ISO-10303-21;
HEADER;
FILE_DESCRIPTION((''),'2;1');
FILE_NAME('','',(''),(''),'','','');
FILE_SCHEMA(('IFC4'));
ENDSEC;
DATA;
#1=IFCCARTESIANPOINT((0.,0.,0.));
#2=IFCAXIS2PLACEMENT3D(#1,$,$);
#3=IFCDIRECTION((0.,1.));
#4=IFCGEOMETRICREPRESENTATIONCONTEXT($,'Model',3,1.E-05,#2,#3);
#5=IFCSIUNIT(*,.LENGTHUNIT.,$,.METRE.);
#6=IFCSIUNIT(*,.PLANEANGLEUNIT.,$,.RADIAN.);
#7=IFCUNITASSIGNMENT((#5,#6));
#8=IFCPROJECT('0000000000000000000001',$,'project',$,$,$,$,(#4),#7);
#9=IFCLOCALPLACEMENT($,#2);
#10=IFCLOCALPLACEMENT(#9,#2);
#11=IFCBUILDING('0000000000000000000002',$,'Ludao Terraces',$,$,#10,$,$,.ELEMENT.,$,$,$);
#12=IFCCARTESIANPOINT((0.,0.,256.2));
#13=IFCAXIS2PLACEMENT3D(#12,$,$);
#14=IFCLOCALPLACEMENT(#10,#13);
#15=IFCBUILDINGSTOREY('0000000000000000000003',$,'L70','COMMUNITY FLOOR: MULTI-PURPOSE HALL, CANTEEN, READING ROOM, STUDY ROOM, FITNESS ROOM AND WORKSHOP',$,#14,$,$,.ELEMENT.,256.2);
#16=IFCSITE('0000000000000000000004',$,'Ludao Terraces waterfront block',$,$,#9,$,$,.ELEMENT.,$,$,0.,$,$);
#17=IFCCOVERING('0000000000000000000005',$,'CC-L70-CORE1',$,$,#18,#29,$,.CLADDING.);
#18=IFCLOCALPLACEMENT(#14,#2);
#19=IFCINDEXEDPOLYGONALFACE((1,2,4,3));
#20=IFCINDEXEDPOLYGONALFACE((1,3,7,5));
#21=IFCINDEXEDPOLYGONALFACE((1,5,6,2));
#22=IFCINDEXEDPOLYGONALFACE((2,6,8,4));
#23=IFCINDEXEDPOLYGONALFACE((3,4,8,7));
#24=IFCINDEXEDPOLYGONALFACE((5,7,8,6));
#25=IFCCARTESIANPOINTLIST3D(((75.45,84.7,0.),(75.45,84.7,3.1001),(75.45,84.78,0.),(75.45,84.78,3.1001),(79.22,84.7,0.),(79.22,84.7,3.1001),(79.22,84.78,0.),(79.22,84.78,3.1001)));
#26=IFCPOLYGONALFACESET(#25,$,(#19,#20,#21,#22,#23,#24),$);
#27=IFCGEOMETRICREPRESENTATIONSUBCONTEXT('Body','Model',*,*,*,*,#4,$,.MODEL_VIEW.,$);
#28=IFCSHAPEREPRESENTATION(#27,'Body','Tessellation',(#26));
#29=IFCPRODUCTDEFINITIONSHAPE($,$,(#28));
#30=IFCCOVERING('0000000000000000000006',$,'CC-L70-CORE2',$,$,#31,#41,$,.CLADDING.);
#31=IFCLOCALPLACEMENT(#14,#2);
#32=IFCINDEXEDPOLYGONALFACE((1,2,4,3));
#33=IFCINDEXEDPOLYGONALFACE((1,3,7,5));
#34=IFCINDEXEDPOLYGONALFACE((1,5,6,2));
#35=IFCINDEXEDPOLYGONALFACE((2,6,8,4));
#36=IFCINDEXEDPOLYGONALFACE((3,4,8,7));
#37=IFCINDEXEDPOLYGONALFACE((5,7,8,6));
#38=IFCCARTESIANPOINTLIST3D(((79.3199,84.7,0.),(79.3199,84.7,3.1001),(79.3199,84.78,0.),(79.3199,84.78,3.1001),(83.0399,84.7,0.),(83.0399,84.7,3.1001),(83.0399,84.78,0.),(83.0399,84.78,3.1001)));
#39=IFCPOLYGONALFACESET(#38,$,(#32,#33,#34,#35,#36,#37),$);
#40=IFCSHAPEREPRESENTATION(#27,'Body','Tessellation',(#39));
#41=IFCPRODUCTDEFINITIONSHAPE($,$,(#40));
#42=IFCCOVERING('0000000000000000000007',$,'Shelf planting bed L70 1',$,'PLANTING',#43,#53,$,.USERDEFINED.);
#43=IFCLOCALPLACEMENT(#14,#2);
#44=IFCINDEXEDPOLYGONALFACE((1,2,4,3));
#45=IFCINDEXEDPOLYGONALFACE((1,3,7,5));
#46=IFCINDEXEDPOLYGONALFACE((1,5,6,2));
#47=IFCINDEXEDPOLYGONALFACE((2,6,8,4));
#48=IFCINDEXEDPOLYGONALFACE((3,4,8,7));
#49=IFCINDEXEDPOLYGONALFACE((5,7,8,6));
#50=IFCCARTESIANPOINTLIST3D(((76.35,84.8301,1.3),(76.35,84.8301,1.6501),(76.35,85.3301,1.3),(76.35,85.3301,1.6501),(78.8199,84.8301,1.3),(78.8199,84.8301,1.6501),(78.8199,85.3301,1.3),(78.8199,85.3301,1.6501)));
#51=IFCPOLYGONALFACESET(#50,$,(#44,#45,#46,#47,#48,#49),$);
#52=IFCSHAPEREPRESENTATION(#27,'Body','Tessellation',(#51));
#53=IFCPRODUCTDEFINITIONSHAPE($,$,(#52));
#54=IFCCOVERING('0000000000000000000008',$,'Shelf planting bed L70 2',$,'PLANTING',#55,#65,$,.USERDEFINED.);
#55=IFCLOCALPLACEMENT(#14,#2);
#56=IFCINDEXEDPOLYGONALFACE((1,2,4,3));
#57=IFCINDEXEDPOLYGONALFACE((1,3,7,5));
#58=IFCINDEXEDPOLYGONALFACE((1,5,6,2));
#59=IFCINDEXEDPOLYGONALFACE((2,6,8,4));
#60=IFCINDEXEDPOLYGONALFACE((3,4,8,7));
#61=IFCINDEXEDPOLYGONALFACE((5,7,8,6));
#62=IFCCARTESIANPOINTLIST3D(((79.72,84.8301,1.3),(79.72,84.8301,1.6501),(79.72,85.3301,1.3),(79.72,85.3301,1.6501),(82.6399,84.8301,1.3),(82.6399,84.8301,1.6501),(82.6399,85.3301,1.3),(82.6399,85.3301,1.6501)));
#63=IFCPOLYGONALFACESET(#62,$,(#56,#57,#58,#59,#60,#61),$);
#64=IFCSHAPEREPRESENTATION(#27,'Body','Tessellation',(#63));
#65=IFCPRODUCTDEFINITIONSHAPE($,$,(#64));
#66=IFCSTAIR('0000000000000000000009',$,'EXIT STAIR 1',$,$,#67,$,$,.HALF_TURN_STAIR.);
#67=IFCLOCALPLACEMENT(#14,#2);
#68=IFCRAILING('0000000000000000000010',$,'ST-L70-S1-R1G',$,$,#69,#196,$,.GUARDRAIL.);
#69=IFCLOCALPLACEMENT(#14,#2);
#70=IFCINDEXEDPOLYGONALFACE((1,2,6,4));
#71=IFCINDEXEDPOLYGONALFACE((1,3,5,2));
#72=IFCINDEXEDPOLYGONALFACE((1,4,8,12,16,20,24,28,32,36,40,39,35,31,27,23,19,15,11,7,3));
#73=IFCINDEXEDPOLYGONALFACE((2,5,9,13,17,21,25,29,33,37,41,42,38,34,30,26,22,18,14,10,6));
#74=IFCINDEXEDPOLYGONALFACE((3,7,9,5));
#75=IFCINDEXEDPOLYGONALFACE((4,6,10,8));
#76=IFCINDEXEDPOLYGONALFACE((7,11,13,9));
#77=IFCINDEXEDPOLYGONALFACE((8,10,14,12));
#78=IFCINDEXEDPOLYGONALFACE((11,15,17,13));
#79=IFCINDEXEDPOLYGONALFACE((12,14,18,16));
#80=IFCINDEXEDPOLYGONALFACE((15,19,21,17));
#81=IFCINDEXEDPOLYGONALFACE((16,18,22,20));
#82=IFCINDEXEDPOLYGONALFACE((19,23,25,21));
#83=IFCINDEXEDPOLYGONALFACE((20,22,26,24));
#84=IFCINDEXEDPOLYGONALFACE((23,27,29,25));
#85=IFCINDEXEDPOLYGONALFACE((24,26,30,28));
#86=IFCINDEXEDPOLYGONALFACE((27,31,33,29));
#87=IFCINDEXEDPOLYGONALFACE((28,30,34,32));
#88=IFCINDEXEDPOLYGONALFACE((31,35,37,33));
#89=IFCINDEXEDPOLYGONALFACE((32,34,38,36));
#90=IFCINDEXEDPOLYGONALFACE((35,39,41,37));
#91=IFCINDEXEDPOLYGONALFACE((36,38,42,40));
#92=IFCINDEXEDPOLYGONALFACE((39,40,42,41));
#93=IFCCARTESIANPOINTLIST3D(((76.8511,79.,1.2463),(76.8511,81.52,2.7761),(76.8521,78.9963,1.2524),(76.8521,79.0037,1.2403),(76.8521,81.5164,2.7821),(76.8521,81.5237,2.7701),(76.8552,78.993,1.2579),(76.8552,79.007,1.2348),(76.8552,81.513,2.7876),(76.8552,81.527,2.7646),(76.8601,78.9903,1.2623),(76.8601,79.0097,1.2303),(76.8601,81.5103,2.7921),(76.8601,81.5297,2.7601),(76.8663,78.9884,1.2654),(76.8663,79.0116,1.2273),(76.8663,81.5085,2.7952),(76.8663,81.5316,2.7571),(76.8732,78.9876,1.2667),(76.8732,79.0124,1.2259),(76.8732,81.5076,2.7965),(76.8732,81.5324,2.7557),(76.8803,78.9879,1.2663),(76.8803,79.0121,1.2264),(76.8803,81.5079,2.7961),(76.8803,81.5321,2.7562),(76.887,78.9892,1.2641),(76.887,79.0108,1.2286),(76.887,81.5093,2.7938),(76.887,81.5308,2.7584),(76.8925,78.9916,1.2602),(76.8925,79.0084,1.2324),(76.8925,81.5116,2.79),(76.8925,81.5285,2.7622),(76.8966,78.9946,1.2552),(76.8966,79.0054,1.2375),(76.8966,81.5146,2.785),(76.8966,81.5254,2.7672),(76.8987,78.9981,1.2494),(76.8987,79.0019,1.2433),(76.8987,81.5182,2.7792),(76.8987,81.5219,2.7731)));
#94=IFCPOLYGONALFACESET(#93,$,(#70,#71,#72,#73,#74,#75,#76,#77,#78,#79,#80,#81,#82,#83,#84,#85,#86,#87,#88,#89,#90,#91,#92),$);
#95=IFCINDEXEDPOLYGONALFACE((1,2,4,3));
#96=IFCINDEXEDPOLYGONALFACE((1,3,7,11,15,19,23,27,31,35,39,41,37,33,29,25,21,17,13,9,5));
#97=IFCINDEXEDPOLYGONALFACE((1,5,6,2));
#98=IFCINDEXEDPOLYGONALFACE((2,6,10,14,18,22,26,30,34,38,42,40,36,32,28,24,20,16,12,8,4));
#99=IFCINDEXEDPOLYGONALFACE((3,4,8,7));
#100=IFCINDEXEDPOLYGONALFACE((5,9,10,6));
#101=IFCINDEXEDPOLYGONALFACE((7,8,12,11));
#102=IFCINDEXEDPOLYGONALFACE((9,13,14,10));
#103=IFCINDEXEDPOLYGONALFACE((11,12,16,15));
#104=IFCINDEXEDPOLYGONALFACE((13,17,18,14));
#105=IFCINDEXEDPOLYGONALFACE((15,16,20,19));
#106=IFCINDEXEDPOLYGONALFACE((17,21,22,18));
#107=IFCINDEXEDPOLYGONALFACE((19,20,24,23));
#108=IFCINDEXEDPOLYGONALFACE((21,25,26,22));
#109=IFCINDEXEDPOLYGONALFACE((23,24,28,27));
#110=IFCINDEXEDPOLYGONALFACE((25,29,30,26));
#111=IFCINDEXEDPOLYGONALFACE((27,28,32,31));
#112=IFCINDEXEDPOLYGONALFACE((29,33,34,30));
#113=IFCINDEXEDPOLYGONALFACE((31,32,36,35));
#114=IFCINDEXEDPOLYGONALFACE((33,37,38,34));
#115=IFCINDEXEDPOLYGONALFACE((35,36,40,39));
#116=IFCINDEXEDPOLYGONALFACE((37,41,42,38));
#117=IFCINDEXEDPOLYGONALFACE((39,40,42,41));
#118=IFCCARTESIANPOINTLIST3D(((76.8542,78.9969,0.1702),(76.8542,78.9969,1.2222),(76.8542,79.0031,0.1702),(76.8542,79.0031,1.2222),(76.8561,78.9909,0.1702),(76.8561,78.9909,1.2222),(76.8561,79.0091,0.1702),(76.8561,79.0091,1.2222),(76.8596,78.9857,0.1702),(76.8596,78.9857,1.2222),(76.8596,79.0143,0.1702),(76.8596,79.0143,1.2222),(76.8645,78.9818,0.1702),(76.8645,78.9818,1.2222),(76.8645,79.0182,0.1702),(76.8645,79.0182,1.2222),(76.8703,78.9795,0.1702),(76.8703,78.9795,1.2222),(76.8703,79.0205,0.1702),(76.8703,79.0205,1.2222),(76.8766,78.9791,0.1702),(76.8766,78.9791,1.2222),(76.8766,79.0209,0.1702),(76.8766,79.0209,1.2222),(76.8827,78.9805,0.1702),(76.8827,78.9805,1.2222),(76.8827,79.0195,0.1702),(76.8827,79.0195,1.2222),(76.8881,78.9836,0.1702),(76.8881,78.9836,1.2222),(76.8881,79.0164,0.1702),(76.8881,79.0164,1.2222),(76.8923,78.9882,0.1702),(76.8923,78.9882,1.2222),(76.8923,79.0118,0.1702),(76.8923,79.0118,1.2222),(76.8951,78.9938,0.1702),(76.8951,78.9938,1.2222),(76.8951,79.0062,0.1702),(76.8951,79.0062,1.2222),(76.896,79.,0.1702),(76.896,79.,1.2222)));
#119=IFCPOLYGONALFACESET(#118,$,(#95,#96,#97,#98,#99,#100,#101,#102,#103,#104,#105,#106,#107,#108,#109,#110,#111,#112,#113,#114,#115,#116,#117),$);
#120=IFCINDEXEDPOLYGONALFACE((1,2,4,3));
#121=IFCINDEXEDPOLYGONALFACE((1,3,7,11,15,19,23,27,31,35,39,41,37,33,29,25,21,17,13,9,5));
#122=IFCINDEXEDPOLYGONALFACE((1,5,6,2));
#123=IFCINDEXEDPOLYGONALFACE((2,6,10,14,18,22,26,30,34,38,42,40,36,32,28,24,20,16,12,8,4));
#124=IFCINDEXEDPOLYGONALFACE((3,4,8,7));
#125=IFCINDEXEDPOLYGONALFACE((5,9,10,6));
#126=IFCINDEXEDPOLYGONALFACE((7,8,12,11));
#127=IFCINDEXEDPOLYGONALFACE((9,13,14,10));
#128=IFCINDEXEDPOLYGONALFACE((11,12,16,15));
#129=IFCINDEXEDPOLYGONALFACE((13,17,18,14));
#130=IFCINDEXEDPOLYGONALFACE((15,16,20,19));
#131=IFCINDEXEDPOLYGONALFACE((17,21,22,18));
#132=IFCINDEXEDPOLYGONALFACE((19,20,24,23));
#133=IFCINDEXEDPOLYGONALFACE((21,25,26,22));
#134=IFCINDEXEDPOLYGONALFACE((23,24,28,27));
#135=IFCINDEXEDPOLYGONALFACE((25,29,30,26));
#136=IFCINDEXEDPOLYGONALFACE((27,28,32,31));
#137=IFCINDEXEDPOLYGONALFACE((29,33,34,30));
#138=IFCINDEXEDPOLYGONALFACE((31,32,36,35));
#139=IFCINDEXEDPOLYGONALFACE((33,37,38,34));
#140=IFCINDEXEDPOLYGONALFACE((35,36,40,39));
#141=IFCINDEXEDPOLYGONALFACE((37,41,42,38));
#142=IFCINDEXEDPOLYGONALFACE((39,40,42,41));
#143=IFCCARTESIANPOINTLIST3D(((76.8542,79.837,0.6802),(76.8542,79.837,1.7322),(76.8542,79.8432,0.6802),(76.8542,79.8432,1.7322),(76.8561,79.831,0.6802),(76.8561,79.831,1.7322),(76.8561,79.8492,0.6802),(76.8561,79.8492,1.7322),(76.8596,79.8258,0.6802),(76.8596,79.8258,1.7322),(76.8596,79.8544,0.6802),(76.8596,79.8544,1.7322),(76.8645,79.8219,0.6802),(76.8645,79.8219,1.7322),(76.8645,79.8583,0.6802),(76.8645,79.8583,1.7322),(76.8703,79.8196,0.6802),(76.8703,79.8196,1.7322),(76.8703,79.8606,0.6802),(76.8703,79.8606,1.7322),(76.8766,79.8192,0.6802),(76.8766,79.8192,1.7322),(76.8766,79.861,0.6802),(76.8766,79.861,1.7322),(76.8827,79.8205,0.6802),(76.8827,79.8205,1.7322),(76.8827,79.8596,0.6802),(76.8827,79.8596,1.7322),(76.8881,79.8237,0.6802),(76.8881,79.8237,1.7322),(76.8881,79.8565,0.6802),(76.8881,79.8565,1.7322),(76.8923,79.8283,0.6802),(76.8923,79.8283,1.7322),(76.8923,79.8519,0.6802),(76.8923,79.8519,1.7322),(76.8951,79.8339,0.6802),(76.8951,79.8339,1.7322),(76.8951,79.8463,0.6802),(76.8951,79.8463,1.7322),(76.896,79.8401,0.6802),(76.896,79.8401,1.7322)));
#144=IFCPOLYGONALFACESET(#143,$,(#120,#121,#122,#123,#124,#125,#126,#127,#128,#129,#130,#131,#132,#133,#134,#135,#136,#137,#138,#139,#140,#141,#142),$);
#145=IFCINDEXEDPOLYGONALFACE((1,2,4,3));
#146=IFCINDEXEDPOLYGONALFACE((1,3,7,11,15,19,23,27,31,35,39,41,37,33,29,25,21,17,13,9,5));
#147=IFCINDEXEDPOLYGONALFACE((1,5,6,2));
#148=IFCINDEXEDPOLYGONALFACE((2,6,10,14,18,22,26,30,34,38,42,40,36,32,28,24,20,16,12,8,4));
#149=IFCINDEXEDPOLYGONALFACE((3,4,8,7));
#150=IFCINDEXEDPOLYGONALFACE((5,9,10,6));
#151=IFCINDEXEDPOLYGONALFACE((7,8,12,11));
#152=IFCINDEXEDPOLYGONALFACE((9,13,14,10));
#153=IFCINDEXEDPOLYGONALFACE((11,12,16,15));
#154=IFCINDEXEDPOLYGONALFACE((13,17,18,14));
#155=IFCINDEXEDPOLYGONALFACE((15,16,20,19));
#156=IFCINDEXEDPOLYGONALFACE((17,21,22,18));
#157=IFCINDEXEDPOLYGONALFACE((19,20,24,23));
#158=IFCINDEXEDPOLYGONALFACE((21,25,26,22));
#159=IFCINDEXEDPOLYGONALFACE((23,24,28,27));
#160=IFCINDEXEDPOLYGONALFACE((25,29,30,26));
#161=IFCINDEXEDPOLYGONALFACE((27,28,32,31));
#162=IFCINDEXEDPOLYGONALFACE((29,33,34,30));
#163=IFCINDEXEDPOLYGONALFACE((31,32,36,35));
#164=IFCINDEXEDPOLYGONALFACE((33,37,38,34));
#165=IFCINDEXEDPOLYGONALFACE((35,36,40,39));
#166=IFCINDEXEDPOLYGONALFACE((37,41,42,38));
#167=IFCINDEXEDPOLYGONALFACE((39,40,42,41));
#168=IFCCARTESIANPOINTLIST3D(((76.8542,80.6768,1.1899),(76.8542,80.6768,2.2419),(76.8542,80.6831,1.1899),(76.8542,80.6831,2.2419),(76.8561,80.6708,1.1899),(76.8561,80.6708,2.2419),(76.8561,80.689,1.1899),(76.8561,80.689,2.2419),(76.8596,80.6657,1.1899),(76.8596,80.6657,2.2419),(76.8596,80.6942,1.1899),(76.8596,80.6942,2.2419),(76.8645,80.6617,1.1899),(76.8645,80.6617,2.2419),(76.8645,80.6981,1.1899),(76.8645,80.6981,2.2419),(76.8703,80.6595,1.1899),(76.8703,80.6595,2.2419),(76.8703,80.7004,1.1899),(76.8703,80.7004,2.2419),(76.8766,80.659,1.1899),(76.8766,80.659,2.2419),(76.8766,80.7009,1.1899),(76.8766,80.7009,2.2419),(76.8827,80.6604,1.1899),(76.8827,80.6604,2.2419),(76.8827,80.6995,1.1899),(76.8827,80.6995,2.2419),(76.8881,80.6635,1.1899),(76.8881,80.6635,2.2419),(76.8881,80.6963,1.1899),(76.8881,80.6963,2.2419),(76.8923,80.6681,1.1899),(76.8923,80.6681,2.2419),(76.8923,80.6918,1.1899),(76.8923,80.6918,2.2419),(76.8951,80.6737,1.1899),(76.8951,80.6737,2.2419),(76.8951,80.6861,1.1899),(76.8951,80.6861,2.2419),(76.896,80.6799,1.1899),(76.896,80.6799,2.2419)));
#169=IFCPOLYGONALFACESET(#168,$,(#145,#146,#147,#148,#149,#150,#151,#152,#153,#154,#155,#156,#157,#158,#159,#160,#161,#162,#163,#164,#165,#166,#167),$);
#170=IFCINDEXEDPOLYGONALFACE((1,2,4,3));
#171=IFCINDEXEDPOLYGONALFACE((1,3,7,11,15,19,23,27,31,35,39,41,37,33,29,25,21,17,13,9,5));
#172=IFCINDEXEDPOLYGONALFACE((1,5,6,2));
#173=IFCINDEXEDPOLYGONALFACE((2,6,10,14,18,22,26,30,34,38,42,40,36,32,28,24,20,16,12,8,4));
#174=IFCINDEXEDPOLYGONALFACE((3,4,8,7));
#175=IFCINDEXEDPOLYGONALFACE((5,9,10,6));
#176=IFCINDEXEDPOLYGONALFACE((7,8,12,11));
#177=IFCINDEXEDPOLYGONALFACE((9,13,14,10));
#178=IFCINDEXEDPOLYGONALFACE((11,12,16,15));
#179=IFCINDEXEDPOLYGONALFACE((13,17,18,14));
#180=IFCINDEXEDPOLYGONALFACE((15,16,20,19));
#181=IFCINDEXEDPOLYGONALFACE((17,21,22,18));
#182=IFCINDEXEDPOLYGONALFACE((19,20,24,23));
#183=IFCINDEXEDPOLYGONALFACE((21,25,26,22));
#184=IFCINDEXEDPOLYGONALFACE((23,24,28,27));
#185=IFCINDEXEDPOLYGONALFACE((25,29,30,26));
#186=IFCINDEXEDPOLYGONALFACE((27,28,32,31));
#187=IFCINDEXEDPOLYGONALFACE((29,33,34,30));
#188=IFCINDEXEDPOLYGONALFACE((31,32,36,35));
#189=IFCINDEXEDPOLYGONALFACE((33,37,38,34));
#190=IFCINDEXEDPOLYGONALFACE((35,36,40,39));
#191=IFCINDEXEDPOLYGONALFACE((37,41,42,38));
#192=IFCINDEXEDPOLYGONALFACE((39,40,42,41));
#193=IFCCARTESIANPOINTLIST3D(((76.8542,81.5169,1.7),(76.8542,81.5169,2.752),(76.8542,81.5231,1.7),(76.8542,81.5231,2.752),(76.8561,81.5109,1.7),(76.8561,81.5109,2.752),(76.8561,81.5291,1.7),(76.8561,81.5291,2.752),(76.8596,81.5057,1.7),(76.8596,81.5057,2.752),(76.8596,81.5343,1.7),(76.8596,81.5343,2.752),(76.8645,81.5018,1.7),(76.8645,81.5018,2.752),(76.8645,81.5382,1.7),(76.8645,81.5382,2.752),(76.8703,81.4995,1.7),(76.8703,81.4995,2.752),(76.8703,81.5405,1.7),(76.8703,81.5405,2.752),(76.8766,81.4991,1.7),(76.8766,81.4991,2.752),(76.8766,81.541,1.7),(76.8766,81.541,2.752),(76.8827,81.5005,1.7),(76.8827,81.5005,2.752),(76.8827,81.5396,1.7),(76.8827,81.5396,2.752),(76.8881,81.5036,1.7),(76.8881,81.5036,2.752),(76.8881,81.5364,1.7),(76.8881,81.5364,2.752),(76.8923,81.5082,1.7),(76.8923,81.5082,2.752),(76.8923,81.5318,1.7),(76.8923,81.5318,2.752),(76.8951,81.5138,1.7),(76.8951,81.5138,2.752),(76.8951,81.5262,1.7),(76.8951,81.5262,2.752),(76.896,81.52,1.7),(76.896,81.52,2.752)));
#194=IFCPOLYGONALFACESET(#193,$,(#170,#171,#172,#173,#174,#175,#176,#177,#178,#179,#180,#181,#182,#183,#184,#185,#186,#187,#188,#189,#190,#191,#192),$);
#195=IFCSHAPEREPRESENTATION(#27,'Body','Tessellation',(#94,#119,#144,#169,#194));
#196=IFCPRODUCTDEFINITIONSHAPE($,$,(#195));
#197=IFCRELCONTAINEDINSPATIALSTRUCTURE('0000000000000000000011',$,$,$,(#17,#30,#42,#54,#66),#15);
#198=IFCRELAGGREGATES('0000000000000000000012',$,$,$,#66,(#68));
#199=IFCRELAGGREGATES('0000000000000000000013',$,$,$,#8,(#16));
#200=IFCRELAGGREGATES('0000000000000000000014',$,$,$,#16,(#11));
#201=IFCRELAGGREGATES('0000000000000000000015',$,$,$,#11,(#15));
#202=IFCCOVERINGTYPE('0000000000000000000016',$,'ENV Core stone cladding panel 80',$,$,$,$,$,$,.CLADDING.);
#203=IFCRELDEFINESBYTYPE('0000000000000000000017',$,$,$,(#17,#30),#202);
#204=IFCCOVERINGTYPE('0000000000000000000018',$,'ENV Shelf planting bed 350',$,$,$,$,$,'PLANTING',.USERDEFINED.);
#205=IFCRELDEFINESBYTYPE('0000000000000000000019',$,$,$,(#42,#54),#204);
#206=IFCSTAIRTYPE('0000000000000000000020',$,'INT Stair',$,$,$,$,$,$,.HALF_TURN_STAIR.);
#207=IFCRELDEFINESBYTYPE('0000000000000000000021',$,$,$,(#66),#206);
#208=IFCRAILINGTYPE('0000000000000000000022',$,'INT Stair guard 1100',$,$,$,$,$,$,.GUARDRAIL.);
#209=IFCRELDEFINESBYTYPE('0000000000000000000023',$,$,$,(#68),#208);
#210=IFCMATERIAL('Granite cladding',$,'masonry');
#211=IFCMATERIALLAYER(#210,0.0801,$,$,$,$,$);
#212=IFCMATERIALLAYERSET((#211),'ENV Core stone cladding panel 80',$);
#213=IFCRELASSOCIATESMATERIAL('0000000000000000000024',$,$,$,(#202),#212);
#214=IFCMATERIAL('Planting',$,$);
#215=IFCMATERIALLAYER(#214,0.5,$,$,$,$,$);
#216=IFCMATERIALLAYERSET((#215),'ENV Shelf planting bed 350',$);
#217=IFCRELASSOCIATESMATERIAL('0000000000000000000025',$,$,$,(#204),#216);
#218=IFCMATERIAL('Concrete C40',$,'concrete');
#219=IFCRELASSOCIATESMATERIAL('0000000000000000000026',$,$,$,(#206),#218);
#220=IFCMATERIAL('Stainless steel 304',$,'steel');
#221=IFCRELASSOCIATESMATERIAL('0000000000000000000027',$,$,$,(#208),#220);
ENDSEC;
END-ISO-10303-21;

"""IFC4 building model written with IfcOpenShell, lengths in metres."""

from ifc_helpers import new_model, si_unit, direction, frame, origin, origin_2d, place, context, subcontext, project, spatial, rectangle, circle, extrude, material, layer, layer_set, type_object, element, aggregate, save


model = new_model("IFC4")

# Units and contexts
model_context = context("Model", 3, precision=1e-05, world=origin(), true_north=direction((0.0, 1.0)))
body_context = subcontext(model_context, "Body", "Model", "MODEL_VIEW")
ifc_project = project(units=[si_unit("LENGTHUNIT", "METRE"), si_unit("PLANEANGLEUNIT", "RADIAN")], contexts=[model_context])

# Site, building, storey
site_placement = place(None, origin())
site = spatial("IfcSite", under=ifc_project, at=site_placement, Name="Ludao Terraces waterfront block", CompositionType="ELEMENT", RefElevation=0.0)
building_placement = place(site_placement, origin())
building = spatial("IfcBuilding", under=site, at=building_placement, Name="Ludao Terraces", CompositionType="ELEMENT")
storey_placement = place(building_placement, frame((0.0, 0.0, 256.2)))
storey = spatial("IfcBuildingStorey", under=building, at=storey_placement, Name="L70", Description="COMMUNITY FLOOR: MULTI-PURPOSE HALL, CANTEEN, READING ROOM, STUDY ROOM, FITNESS ROOM AND WORKSHOP", CompositionType="ELEMENT", Elevation=256.2)

# Shared definitions
ifc_material_1 = material(Name="Concrete C40", Category="concrete")

# Shared definitions
ifc_material_2 = material(Name="Granite cladding", Category="masonry")

# Coverings
ifc_layer_1 = layer(ifc_material_2, 0.0801)
ifc_layer_set_1 = layer_set([ifc_layer_1], Name="ENV Core stone cladding panel 80")
covering_type_1 = type_object("IfcCoveringType", Name="ENV Core stone cladding panel 80", PredefinedType="CLADDING", material=ifc_layer_set_1)
covering_1_placement = place(storey_placement, frame((77.335, 84.74, 0.0), z_axis=(0.0, 0.0, 1.0), x_axis=(1.0, 0.0, 0.0)))
element("IfcCovering", 1, at=covering_1_placement, inside=storey, type_object=covering_type_1, Name="CC-L70-CORE1", PredefinedType="CLADDING", context=body_context, shape_type="SweptSolid", body=[
    extrude(rectangle(XDim=3.77, YDim=0.0801, at=origin_2d()), origin(), (0.0, 0.0, 1.0), 3.1001),
])
covering_2_placement = place(storey_placement, frame((81.1799, 84.74, 0.0), z_axis=(0.0, 0.0, 1.0), x_axis=(1.0, 0.0, 0.0)))
element("IfcCovering", 2, at=covering_2_placement, inside=storey, type_object=covering_type_1, Name="CC-L70-CORE2", PredefinedType="CLADDING", context=body_context, shape_type="SweptSolid", body=[
    extrude(rectangle(XDim=3.72, YDim=0.0801, at=origin_2d()), origin(), (0.0, 0.0, 1.0), 3.1001),
])
ifc_material_3 = material(Name="Planting")
ifc_layer_2 = layer(ifc_material_3, 0.5)
ifc_layer_set_2 = layer_set([ifc_layer_2], Name="ENV Shelf planting bed 350")
covering_type_2 = type_object("IfcCoveringType", Name="ENV Shelf planting bed 350", ElementType="PLANTING", PredefinedType="USERDEFINED", material=ifc_layer_set_2)
covering_3_placement = place(storey_placement, frame((77.585, 85.0801, 1.3), z_axis=(0.0, 0.0, 1.0), x_axis=(1.0, 0.0, 0.0)))
element("IfcCovering", 3, at=covering_3_placement, inside=storey, type_object=covering_type_2, Name="Shelf planting bed L70 1", ObjectType="PLANTING", PredefinedType="USERDEFINED", context=body_context, shape_type="SweptSolid", body=[
    extrude(rectangle(XDim=2.47, YDim=0.5, at=origin_2d()), origin(), (0.0, 0.0, 1.0), 0.3501),
])
covering_4_placement = place(storey_placement, frame((81.1799, 85.0801, 1.3), z_axis=(0.0, 0.0, 1.0), x_axis=(1.0, 0.0, 0.0)))
element("IfcCovering", 4, at=covering_4_placement, inside=storey, type_object=covering_type_2, Name="Shelf planting bed L70 2", ObjectType="PLANTING", PredefinedType="USERDEFINED", context=body_context, shape_type="SweptSolid", body=[
    extrude(rectangle(XDim=2.9199, YDim=0.5, at=origin_2d()), origin(), (0.0, 0.0, 1.0), 0.3501),
])

# Stair, railing
stair_type = type_object("IfcStairType", Name="INT Stair", PredefinedType="HALF_TURN_STAIR", material=ifc_material_1)
stair_placement = place(storey_placement, origin())
stair = element("IfcStair", 5, at=stair_placement, inside=storey, type_object=stair_type, Name="EXIT STAIR 1", PredefinedType="HALF_TURN_STAIR")
ifc_material_4 = material(Name="Stainless steel 304", Category="steel")
railing_type_1 = type_object("IfcRailingType", Name="INT Stair guard 1100", PredefinedType="GUARDRAIL", material=ifc_material_4)
railing_1_placement = place(storey_placement, frame((76.875, 79.0, 0.1702)))
railing_1 = element("IfcRailing", 6, at=railing_1_placement, type_object=railing_type_1, Name="ST-L70-S1-R1G", PredefinedType="GUARDRAIL", context=body_context, shape_type="SweptSolid", body=[
    extrude(circle(Radius=0.0239, at=origin_2d()), frame((0.0, 0.0, 1.0762), z_axis=(0.0, 0.854822, 0.518922), x_axis=(-1.0, 0.0, 0.0)), (0.0, 0.0, 1.0), 2.948),
    extrude(circle(Radius=0.021, at=origin_2d()), origin(), (0.0, 0.0, 1.0), 1.052),
    extrude(circle(Radius=0.021, at=origin_2d()), frame((0.0, 0.8401, 0.51)), (0.0, 0.0, 1.0), 1.052),
    extrude(circle(Radius=0.021, at=origin_2d()), frame((0.0, 1.6799, 1.0198)), (0.0, 0.0, 1.0), 1.052),
    extrude(circle(Radius=0.021, at=origin_2d()), frame((0.0, 2.52, 1.5298)), (0.0, 0.0, 1.0), 1.052),
])
aggregate(stair, [railing_1])

save(model, "model.ifc")
